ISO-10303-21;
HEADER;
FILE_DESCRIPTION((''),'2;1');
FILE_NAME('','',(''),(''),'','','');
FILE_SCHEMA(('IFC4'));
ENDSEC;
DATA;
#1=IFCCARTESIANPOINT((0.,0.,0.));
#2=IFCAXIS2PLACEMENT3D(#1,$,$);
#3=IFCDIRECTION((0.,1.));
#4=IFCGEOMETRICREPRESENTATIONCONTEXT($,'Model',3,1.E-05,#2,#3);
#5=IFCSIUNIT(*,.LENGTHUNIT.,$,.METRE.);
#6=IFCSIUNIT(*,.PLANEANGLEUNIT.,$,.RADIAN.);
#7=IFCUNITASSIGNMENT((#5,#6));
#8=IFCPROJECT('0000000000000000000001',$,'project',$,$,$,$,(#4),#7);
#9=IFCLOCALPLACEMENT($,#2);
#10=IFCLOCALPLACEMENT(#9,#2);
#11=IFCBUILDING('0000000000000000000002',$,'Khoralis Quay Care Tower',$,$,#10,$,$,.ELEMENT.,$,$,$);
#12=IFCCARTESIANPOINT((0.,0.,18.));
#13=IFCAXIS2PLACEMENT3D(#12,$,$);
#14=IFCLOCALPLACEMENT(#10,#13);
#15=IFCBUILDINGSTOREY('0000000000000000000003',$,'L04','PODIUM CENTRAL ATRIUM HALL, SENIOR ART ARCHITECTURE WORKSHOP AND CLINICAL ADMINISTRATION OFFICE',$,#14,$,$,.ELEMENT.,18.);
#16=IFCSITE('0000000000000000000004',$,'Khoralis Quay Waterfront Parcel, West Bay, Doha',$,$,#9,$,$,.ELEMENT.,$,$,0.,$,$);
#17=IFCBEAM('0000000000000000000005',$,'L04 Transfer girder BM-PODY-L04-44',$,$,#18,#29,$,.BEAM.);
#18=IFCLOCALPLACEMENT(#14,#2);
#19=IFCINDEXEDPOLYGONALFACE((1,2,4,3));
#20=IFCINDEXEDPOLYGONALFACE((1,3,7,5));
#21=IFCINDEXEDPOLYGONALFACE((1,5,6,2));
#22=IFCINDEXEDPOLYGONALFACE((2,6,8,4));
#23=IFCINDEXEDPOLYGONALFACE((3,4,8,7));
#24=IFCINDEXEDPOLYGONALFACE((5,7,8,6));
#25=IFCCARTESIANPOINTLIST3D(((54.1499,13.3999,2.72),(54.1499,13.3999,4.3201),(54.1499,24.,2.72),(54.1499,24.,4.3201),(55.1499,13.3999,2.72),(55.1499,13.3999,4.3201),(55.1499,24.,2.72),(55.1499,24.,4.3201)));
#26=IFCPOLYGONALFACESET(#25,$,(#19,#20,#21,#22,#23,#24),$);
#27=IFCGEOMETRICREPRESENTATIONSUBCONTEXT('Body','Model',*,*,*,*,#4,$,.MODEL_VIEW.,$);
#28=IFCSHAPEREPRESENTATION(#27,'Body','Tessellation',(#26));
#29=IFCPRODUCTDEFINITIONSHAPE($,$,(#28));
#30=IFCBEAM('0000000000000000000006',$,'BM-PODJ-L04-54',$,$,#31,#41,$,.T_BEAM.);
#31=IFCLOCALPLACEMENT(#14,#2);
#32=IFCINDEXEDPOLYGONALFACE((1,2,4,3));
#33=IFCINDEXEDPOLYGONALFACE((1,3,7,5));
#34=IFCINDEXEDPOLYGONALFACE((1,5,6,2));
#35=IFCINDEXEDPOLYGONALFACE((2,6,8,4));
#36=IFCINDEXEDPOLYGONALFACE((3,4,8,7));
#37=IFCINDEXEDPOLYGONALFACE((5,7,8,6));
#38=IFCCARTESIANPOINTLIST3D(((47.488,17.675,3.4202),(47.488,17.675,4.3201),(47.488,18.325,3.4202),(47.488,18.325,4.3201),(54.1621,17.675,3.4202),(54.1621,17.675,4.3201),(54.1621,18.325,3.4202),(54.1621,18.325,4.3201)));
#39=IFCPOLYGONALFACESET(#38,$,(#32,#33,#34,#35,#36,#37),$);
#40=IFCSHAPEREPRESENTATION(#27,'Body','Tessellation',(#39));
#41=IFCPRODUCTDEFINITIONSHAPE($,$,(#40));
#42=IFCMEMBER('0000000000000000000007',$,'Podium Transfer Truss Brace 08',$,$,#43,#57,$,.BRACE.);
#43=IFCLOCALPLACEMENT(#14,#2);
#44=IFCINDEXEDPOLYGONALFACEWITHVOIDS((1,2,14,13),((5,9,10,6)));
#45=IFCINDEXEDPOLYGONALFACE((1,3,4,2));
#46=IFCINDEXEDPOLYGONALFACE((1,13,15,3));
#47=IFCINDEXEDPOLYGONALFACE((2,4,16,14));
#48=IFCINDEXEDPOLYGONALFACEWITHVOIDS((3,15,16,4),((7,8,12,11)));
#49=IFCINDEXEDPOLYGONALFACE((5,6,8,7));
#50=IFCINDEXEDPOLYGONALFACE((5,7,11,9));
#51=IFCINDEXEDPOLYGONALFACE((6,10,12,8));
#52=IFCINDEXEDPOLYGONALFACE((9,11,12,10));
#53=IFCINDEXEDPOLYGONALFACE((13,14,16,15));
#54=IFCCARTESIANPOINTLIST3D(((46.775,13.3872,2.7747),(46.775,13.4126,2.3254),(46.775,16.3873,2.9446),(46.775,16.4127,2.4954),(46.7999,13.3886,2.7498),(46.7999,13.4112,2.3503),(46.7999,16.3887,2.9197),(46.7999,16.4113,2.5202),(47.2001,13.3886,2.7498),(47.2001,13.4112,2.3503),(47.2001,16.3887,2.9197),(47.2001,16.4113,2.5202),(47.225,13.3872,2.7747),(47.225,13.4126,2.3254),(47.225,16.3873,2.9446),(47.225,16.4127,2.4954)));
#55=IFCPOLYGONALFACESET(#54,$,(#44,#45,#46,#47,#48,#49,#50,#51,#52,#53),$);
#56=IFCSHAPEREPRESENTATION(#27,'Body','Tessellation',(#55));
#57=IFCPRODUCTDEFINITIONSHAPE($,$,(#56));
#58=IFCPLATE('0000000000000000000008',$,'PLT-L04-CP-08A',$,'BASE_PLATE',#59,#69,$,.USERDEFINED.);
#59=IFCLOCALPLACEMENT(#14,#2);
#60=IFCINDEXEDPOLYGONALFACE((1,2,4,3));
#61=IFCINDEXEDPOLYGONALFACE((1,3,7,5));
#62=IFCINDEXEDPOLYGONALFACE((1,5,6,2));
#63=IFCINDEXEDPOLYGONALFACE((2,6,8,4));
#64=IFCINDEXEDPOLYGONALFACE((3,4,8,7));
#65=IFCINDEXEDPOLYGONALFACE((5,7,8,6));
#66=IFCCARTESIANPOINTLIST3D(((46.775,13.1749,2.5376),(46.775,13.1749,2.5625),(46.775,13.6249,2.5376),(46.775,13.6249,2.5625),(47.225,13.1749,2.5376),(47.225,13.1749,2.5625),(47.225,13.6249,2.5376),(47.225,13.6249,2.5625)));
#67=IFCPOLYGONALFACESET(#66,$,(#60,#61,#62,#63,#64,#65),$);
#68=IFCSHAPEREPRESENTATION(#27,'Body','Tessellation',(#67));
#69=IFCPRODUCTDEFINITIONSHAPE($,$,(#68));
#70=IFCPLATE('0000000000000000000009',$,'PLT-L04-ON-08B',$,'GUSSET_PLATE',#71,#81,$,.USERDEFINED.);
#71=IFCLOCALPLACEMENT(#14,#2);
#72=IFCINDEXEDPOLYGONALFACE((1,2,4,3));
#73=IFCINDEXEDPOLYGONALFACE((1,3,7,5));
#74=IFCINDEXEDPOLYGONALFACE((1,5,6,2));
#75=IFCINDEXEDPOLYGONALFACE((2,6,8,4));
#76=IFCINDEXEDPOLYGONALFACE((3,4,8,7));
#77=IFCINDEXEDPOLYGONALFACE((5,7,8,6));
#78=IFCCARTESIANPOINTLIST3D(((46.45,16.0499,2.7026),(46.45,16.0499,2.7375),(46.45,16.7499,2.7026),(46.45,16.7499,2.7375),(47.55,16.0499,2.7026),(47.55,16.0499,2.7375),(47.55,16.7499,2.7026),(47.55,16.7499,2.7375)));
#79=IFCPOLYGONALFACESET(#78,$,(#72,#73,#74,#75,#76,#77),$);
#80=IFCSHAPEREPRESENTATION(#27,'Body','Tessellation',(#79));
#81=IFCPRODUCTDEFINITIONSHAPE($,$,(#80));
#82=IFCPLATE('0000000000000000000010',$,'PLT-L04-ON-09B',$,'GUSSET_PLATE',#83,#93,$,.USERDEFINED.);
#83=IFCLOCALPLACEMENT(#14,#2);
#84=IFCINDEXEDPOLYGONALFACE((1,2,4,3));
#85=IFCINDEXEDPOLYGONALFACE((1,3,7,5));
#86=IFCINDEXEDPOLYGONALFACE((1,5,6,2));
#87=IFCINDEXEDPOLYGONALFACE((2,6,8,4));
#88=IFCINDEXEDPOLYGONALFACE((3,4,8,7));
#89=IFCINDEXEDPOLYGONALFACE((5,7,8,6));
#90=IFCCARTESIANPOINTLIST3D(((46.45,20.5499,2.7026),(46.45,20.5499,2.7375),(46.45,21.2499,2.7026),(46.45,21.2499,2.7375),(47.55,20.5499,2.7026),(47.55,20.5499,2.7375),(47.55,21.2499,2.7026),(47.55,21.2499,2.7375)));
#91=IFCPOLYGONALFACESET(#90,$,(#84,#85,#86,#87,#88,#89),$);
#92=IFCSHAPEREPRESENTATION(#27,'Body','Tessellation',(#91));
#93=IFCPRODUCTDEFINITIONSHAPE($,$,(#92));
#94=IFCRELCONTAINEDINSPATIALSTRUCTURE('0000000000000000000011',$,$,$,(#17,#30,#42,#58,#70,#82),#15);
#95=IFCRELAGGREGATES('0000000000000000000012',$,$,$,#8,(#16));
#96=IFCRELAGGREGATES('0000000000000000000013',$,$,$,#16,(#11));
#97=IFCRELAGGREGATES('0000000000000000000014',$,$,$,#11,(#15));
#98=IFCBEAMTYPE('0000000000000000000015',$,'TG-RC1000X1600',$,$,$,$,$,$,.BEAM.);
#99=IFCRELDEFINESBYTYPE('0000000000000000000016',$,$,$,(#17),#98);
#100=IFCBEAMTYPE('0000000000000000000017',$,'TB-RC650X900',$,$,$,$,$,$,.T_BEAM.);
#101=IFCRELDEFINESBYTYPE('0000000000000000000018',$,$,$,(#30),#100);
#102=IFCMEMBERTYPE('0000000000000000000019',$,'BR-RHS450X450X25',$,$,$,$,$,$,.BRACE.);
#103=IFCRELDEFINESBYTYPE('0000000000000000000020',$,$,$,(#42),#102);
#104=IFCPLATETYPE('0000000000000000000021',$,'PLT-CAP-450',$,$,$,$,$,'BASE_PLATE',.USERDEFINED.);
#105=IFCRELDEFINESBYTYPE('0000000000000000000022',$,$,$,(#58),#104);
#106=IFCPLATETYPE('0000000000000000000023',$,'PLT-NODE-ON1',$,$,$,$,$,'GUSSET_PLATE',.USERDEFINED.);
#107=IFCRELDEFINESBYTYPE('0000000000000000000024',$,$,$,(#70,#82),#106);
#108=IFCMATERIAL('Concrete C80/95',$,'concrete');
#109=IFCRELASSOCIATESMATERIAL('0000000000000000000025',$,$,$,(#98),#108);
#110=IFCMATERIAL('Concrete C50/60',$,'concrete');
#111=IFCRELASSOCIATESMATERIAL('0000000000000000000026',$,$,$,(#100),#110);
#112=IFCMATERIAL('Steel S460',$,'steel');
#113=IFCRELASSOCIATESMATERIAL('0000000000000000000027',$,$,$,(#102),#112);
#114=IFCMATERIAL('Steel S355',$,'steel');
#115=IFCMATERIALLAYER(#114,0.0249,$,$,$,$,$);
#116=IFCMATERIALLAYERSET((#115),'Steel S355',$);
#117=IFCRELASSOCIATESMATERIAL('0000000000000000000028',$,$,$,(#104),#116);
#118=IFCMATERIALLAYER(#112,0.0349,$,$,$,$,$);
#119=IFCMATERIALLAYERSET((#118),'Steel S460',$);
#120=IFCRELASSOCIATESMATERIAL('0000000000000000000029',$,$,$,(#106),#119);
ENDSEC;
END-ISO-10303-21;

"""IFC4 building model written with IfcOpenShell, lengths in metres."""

from ifc_helpers import new_model, si_unit, direction, frame, origin, origin_2d, place, context, subcontext, project, spatial, rectangle, hollow_rectangle, extrude, source, transform, mapped, material, layer, layer_set, material_profile, profile_set, type_object, element, save


model = new_model("IFC4")

# Units and contexts
model_context = context("Model", 3, precision=1e-05, world=origin(), true_north=direction((0.0, 1.0)))
body_context = subcontext(model_context, "Body", "Model", "MODEL_VIEW")
ifc_project = project(units=[si_unit("LENGTHUNIT", "METRE"), si_unit("PLANEANGLEUNIT", "RADIAN")], contexts=[model_context])

# Site, building, storey
site_placement = place(None, origin())
site = spatial("IfcSite", under=ifc_project, at=site_placement, Name="Khoralis Quay Waterfront Parcel, West Bay, Doha", CompositionType="ELEMENT", RefElevation=0.0)
building_placement = place(site_placement, origin())
building = spatial("IfcBuilding", under=site, at=building_placement, Name="Khoralis Quay Care Tower", CompositionType="ELEMENT")
storey_placement = place(building_placement, frame((0.0, 0.0, 18.0)))
storey = spatial("IfcBuildingStorey", under=building, at=storey_placement, Name="L04", Description="PODIUM CENTRAL ATRIUM HALL, SENIOR ART ARCHITECTURE WORKSHOP AND CLINICAL ADMINISTRATION OFFICE", CompositionType="ELEMENT", Elevation=18.0)

# Shared definitions
ifc_material_1 = material(Name="Concrete C80/95", Category="concrete")

# Beams
ifc_material_2 = material(Name="Steel S355", Category="steel")
ifc_material_profile_1 = material_profile(ifc_material_1, rectangle(XDim=1.0, YDim=1.6001, at=origin_2d()), Name="Concrete C80/95")
ifc_profile_set_1 = profile_set([ifc_material_profile_1], Name="Concrete C80/95")
beam_type_1 = type_object("IfcBeamType", Name="TG-RC1000X1600", PredefinedType="BEAM", material=ifc_profile_set_1)
shared_shape_1 = source(origin(), body_context, "Body", "SweptSolid", [
    extrude(rectangle(XDim=1.0, YDim=1.6001, at=origin_2d()), origin(), (0.0, 0.0, 1.0), 10.6001),
])
for number, where, z_axis, x_axis, name in (
    (1, (54.6499, 13.3999, 3.52), (0.0, 1.0, 0.0), (-1.0, 0.0, 0.0), "L04 Transfer girder BM-PODY-L04-44"),
):
    element("IfcBeam", number, at=place(storey_placement, frame(where, z_axis=z_axis, x_axis=x_axis)), inside=storey, type_object=beam_type_1, Name=name, PredefinedType="BEAM", context=body_context, shape_type="MappedRepresentation", body=[
        mapped(shared_shape_1, transform((0.0, 0.0, 0.0), scale=1.0)),
    ])
ifc_material_3 = material(Name="Concrete C50/60", Category="concrete")
ifc_material_profile_2 = material_profile(ifc_material_3, rectangle(XDim=0.6499, YDim=0.8999, at=origin_2d()), Name="Concrete C50/60")
ifc_profile_set_2 = profile_set([ifc_material_profile_2], Name="Concrete C50/60")
beam_type_2 = type_object("IfcBeamType", Name="TB-RC650X900", PredefinedType="T_BEAM", material=ifc_profile_set_2)
shared_shape_2 = source(origin(), body_context, "Body", "SweptSolid", [
    extrude(rectangle(XDim=0.6499, YDim=0.8999, at=origin_2d()), origin(), (0.0, 0.0, 1.0), 6.6741),
])
beam_1_placement = place(storey_placement, frame((47.488, 18.0, 3.8701), z_axis=(1.0, 0.0, 0.0), x_axis=(0.0, 1.0, 0.0)))
element("IfcBeam", 2, at=beam_1_placement, inside=storey, type_object=beam_type_2, Name="BM-PODJ-L04-54", PredefinedType="T_BEAM", context=body_context, shape_type="MappedRepresentation", body=[
    mapped(shared_shape_2, transform((0.0, 0.0, 0.0), scale=1.0)),
])

# Member
ifc_material_4 = material(Name="Steel S460", Category="steel")
ifc_material_profile_3 = material_profile(ifc_material_4, hollow_rectangle(XDim=0.45, YDim=0.45, WallThickness=0.0249, at=origin_2d()), Name="Steel S460")
ifc_profile_set_3 = profile_set([ifc_material_profile_3], Name="Steel S460")
member_type = type_object("IfcMemberType", Name="BR-RHS450X450X25", PredefinedType="BRACE", material=ifc_profile_set_3)
shared_shape_3 = source(origin(), body_context, "Body", "SweptSolid", [
    extrude(hollow_rectangle(XDim=0.45, YDim=0.45, WallThickness=0.0249, at=origin_2d()), origin(), (0.0, 0.0, 1.0), 3.0049),
])
member_placement = place(storey_placement, frame((47.0, 13.3999, 2.55), z_axis=(0.0, 0.9984, 0.05655), x_axis=(-1.0, 0.0, 0.0)))
element("IfcMember", 3, at=member_placement, inside=storey, type_object=member_type, Name="Podium Transfer Truss Brace 08", PredefinedType="BRACE", context=body_context, shape_type="MappedRepresentation", body=[
    mapped(shared_shape_3, transform((0.0, 0.0, 0.0), scale=1.0)),
])

# Plates
ifc_layer_1 = layer(ifc_material_2, 0.0249)
ifc_layer_set_1 = layer_set([ifc_layer_1], Name="Steel S355")
plate_type_1 = type_object("IfcPlateType", Name="PLT-CAP-450", ElementType="BASE_PLATE", PredefinedType="USERDEFINED", material=ifc_layer_set_1)
shared_shape_4 = source(origin(), body_context, "Body", "SweptSolid", [
    extrude(rectangle(XDim=0.45, YDim=0.45, at=origin_2d()), origin(), (0.0, 0.0, 1.0), 0.0249),
])
plate_placement = place(storey_placement, frame((47.0, 13.3999, 2.5376), z_axis=(0.0, 0.0, 1.0), x_axis=(1.0, 0.0, 0.0)))
element("IfcPlate", 4, at=plate_placement, inside=storey, type_object=plate_type_1, Name="PLT-L04-CP-08A", ObjectType="BASE_PLATE", PredefinedType="USERDEFINED", context=body_context, shape_type="MappedRepresentation", body=[
    mapped(shared_shape_4, transform((0.0, 0.0, 0.0), scale=1.0)),
])
ifc_layer_2 = layer(ifc_material_4, 0.0349)
ifc_layer_set_2 = layer_set([ifc_layer_2], Name="Steel S460")
plate_type_2 = type_object("IfcPlateType", Name="PLT-NODE-ON1", ElementType="GUSSET_PLATE", PredefinedType="USERDEFINED", material=ifc_layer_set_2)
shared_shape_5 = source(origin(), body_context, "Body", "SweptSolid", [
    extrude(rectangle(XDim=1.1001, YDim=0.7, at=origin_2d()), origin(), (0.0, 0.0, 1.0), 0.0349),
])
for number, where, z_axis, x_axis, name in (
    (5, (47.0, 16.3999, 2.7026), (0.0, 0.0, 1.0), (1.0, 0.0, 0.0), "PLT-L04-ON-08B"),
    (6, (47.0, 20.8999, 2.7026), (0.0, 0.0, 1.0), (1.0, 0.0, 0.0), "PLT-L04-ON-09B"),
):
    element("IfcPlate", number, at=place(storey_placement, frame(where, z_axis=z_axis, x_axis=x_axis)), inside=storey, type_object=plate_type_2, Name=name, ObjectType="GUSSET_PLATE", PredefinedType="USERDEFINED", context=body_context, shape_type="MappedRepresentation", body=[
        mapped(shared_shape_5, transform((0.0, 0.0, 0.0), scale=1.0)),
    ])

save(model, "model.ifc")
